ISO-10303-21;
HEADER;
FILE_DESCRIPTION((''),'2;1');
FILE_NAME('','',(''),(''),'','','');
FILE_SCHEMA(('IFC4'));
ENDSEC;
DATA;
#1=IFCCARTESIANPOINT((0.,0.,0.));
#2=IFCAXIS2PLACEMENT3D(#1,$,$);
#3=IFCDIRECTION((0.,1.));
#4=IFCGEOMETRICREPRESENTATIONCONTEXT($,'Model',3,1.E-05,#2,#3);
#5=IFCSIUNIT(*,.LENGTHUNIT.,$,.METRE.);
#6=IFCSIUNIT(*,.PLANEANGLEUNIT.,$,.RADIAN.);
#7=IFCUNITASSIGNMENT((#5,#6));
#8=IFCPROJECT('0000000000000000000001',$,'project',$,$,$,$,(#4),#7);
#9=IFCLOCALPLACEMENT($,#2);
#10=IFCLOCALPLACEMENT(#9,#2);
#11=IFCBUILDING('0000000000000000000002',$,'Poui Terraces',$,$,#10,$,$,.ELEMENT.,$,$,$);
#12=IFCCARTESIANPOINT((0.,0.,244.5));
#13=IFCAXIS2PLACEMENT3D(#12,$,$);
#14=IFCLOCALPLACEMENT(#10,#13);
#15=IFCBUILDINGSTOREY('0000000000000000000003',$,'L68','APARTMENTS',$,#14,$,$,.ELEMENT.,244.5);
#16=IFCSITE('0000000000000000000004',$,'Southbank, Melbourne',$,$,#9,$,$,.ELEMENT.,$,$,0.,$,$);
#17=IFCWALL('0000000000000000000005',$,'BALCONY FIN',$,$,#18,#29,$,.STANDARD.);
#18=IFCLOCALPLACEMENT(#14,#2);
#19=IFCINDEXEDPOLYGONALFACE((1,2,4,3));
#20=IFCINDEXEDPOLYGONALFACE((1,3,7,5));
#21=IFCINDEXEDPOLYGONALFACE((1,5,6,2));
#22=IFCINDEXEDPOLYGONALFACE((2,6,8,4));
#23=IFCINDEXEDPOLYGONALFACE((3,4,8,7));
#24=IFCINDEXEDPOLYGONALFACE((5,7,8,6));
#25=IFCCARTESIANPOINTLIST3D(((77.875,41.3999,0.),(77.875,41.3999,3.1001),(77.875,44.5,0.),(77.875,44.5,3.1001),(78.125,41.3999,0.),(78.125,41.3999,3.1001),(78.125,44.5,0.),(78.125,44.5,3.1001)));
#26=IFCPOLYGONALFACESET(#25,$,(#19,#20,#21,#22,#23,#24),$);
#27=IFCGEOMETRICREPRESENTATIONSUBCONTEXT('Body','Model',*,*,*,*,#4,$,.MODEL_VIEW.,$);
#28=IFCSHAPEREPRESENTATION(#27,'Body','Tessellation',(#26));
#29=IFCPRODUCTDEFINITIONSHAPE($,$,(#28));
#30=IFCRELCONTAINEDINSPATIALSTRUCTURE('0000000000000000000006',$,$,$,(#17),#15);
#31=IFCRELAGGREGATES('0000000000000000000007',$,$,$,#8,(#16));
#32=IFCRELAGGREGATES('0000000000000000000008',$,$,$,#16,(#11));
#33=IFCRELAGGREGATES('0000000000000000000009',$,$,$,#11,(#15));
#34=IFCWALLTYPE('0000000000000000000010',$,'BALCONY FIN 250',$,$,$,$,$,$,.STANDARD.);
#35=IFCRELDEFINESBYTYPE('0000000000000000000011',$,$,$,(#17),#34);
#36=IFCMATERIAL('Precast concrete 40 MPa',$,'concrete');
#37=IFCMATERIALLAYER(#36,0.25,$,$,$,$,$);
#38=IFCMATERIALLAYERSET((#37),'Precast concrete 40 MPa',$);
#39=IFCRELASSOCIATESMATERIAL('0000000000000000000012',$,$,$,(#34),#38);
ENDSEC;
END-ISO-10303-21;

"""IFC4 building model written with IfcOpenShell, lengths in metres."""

from ifc_helpers import new_model, si_unit, direction, frame, origin, place, context, subcontext, project, spatial, polyline, outline, extrude, source, transform, mapped, material, layer, layer_set, type_object, element, save


model = new_model("IFC4")

# Units and contexts
model_context = context("Model", 3, precision=1e-05, world=origin(), true_north=direction((0.0, 1.0)))
body_context = subcontext(model_context, "Body", "Model", "MODEL_VIEW")
ifc_project = project(units=[si_unit("LENGTHUNIT", "METRE"), si_unit("PLANEANGLEUNIT", "RADIAN")], contexts=[model_context])

# Site, building, storey
site_placement = place(None, origin())
site = spatial("IfcSite", under=ifc_project, at=site_placement, Name="Southbank, Melbourne", CompositionType="ELEMENT", RefElevation=0.0)
building_placement = place(site_placement, origin())
building = spatial("IfcBuilding", under=site, at=building_placement, Name="Poui Terraces", CompositionType="ELEMENT")
storey_placement = place(building_placement, frame((0.0, 0.0, 244.5)))
storey = spatial("IfcBuildingStorey", under=building, at=storey_placement, Name="L68", Description="APARTMENTS", CompositionType="ELEMENT", Elevation=244.5)

# Shared definitions
ifc_material_1 = material(Name="Precast concrete 40 MPa", Category="concrete")

# Wall
ifc_layer_1 = layer(ifc_material_1, 0.25)
ifc_layer_set_1 = layer_set([ifc_layer_1], Name="Precast concrete 40 MPa")
wall_type_1 = type_object("IfcWallType", Name="BALCONY FIN 250", PredefinedType="STANDARD", material=ifc_layer_set_1)
shared_shape_1 = source(origin(), body_context, "Body", "SweptSolid", [
    extrude(outline(polyline([(0.0, 0.0), (0.25, 0.0), (0.25, 3.1001), (0.0, 3.1001), (0.0, 0.0)])), origin(), (0.0, 0.0, 1.0), 3.1001),
])
wall_1_placement = place(storey_placement, frame((77.875, 41.3999, 0.0)))
element("IfcWall", 1, at=wall_1_placement, inside=storey, type_object=wall_type_1, Name="BALCONY FIN", PredefinedType="STANDARD", context=body_context, shape_type="MappedRepresentation", body=[
    mapped(shared_shape_1, transform((0.0, 0.0, 0.0))),
])

save(model, "model.ifc")
